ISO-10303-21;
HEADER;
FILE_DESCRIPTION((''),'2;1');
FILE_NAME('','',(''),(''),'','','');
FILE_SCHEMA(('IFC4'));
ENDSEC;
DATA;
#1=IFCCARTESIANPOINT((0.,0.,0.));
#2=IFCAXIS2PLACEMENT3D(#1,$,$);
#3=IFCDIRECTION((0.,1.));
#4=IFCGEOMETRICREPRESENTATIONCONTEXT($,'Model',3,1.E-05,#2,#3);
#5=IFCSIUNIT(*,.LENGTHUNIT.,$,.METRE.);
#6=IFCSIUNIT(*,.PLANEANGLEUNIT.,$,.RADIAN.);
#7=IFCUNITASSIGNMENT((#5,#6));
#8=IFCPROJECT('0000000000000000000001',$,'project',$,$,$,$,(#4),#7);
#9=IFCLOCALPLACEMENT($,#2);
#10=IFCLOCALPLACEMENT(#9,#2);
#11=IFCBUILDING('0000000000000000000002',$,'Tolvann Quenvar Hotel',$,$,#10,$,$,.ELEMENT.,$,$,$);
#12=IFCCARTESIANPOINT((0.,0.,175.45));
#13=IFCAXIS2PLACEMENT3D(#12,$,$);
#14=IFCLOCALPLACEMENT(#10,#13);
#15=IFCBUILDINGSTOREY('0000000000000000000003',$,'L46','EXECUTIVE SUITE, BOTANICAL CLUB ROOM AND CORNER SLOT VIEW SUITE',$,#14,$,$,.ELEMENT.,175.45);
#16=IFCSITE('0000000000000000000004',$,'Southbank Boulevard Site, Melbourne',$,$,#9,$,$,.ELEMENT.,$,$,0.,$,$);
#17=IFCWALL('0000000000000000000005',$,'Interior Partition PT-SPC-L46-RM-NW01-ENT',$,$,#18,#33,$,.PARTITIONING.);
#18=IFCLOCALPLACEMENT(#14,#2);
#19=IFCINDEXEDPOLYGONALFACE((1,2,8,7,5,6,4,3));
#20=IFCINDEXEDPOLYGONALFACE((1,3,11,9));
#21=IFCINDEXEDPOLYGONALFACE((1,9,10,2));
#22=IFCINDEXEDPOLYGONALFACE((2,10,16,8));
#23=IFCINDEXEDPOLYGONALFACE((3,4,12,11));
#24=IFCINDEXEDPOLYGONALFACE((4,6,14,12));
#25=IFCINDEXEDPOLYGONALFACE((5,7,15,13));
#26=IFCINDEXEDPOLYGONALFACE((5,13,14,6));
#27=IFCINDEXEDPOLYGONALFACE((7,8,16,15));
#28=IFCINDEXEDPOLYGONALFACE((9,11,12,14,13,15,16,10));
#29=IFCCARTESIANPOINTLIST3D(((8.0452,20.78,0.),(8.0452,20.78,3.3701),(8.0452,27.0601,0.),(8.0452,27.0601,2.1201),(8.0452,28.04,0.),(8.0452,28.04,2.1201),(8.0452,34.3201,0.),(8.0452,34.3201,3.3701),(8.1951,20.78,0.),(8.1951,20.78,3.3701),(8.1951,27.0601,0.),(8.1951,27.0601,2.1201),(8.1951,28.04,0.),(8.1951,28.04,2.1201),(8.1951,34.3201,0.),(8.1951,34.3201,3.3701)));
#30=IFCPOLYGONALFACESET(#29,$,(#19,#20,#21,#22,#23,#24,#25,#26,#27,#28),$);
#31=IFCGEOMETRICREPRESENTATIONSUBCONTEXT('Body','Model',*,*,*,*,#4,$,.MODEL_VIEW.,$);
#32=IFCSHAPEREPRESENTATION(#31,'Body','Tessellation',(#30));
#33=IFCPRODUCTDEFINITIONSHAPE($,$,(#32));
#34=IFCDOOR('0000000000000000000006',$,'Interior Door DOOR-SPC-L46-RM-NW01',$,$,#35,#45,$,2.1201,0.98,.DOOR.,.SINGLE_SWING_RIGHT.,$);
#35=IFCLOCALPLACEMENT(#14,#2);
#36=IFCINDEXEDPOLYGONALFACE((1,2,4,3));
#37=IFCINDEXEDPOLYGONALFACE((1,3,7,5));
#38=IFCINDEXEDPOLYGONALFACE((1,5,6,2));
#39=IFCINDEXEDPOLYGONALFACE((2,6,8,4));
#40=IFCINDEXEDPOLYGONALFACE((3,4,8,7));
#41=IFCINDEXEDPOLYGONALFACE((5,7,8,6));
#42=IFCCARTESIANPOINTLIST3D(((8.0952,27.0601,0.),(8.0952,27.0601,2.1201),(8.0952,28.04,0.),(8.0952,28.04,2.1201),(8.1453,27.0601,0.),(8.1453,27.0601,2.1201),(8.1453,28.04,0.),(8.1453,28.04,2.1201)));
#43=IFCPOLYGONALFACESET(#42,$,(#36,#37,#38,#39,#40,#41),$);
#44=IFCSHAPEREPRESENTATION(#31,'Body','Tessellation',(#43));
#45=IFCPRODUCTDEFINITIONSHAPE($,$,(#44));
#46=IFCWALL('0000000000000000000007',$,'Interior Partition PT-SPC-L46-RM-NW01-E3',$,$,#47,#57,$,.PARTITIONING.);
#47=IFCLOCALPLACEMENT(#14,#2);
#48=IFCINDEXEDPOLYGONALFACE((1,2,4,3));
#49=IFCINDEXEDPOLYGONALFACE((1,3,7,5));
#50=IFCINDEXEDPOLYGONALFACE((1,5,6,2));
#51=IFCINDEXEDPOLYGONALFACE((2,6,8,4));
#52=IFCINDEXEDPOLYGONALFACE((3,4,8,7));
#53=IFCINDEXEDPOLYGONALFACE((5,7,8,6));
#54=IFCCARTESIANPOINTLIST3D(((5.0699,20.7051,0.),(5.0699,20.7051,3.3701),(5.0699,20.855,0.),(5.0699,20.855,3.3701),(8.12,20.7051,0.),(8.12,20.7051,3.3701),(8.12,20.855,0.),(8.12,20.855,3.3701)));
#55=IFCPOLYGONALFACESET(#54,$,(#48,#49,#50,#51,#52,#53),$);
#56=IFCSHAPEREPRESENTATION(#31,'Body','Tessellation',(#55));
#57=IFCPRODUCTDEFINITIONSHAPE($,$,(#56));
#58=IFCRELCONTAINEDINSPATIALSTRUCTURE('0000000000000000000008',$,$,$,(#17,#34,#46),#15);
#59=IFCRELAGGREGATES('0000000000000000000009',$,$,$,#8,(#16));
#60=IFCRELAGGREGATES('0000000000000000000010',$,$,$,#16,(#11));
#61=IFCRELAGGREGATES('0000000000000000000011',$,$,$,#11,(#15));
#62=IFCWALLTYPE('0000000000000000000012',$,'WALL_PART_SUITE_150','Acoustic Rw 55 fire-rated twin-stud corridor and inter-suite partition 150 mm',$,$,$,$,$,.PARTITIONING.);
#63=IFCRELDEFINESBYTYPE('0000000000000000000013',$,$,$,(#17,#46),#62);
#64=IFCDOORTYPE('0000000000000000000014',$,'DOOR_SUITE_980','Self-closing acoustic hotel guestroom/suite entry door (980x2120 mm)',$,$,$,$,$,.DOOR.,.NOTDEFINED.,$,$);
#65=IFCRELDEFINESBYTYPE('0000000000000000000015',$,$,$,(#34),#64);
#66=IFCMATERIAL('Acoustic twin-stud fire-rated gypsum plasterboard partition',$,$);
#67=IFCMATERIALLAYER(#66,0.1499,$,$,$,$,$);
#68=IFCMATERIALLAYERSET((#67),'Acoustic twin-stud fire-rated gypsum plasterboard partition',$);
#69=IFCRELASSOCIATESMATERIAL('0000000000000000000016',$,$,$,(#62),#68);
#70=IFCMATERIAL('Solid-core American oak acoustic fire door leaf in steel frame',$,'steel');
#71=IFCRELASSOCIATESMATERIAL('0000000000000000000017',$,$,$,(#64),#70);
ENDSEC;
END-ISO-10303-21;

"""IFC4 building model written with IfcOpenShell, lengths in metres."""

from ifc_helpers import new_model, si_unit, direction, frame, frame_2d, origin, place, context, subcontext, project, spatial, rectangle, extrude, source, transform, mapped, material, layer, layer_set, type_object, type_shapes, element, fill, save


model = new_model("IFC4")

# Units and contexts
model_context = context("Model", 3, precision=1e-05, world=origin(), true_north=direction((0.0, 1.0)))
body_context = subcontext(model_context, "Body", "Model", "MODEL_VIEW")
ifc_project = project(units=[si_unit("LENGTHUNIT", "METRE"), si_unit("PLANEANGLEUNIT", "RADIAN")], contexts=[model_context])

# Site, building, storey
site_placement = place(None, origin())
site = spatial("IfcSite", under=ifc_project, at=site_placement, Name="Southbank Boulevard Site, Melbourne", CompositionType="ELEMENT", RefElevation=0.0)
building_placement = place(site_placement, origin())
building = spatial("IfcBuilding", under=site, at=building_placement, Name="Tolvann Quenvar Hotel", CompositionType="ELEMENT")
storey_placement = place(building_placement, frame((0.0, 0.0, 175.45)))
storey = spatial("IfcBuildingStorey", under=building, at=storey_placement, Name="L46", Description="EXECUTIVE SUITE, BOTANICAL CLUB ROOM AND CORNER SLOT VIEW SUITE", CompositionType="ELEMENT", Elevation=175.45)

# Shared definitions
ifc_material_1 = material(Name="Acoustic twin-stud fire-rated gypsum plasterboard partition")
ifc_material_2 = material(Name="Solid-core American oak acoustic fire door leaf in steel frame", Category="steel")

# Shared definitions
ifc_layer_1 = layer(ifc_material_1, 0.1499)
ifc_layer_set_1 = layer_set([ifc_layer_1], Name="Acoustic twin-stud fire-rated gypsum plasterboard partition")
wall_type_1 = type_object("IfcWallType", Name="WALL_PART_SUITE_150", Description="Acoustic Rw 55 fire-rated twin-stud corridor and inter-suite partition 150 mm", PredefinedType="PARTITIONING", material=ifc_layer_set_1)

# Shared definitions
door_type_1 = type_object("IfcDoorType", Name="DOOR_SUITE_980", Description="Self-closing acoustic hotel guestroom/suite entry door (980x2120 mm)", OperationType="NOTDEFINED", PredefinedType="DOOR", material=ifc_material_2)
shared_shape_1 = source(origin(), body_context, "Body", "SweptSolid", [
    extrude(rectangle(XDim=0.98, YDim=2.1201, at=frame_2d((0.49, 1.0601))), frame((0.0, 0.0249, 0.0), z_axis=(0.0, -1.0, 0.0), x_axis=(1.0, 0.0, 0.0)), (0.0, 0.0, 1.0), 0.05),
])
type_shapes(door_type_1, [shared_shape_1])

# Wall, opening, door
wall_1_placement = place(storey_placement, frame((8.1201, 20.78, 0.0), z_axis=(0.0, 0.0, 1.0), x_axis=(0.0, 1.0, 0.0)))
wall_1 = element("IfcWall", 1, at=wall_1_placement, inside=storey, type_object=wall_type_1, Name="Interior Partition PT-SPC-L46-RM-NW01-ENT", PredefinedType="PARTITIONING", context=body_context, shape_type="SweptSolid", body=[
    extrude(rectangle(XDim=13.54, YDim=0.1499, at=frame_2d((6.77, 0.0))), origin(), (0.0, 0.0, 1.0), 3.3701),
])
opening_1_placement = place(wall_1_placement, frame((6.28, 0.0, 0.0)))
opening_1 = element("IfcOpeningElement", 2, at=opening_1_placement, cuts=wall_1, PredefinedType="OPENING", context=body_context, shape_type="SweptSolid", body=[
    extrude(rectangle(XDim=0.98, YDim=2.1201, at=frame_2d((0.49, 1.0601))), frame((0.0, 0.085, 0.0), z_axis=(0.0, -1.0, 0.0), x_axis=(1.0, 0.0, 0.0)), (0.0, 0.0, 1.0), 0.1699),
])
door_1_placement = place(opening_1_placement, origin())
door_1 = element("IfcDoor", 3, at=door_1_placement, inside=storey, type_object=door_type_1, Name="Interior Door DOOR-SPC-L46-RM-NW01", OperationType="SINGLE_SWING_RIGHT", OverallHeight=2.1201, OverallWidth=0.98, PredefinedType="DOOR", context=body_context, shape_type="MappedRepresentation", body=[
    mapped(shared_shape_1, transform((0.0, 0.0, 0.0), x_axis=(1.0, 0.0, 0.0), y_axis=(0.0, 1.0, 0.0), z_axis=(0.0, 0.0, 1.0), scale=1.0)),
])
fill(opening_1, door_1)

# Wall
wall_2_placement = place(storey_placement, frame((5.0701, 20.78, 0.0), z_axis=(0.0, 0.0, 1.0), x_axis=(1.0, 0.0, 0.0)))
element("IfcWall", 4, at=wall_2_placement, inside=storey, type_object=wall_type_1, Name="Interior Partition PT-SPC-L46-RM-NW01-E3", PredefinedType="PARTITIONING", context=body_context, shape_type="SweptSolid", body=[
    extrude(rectangle(XDim=3.05, YDim=0.1499, at=frame_2d((1.5249, 0.0))), origin(), (0.0, 0.0, 1.0), 3.3701),
])

save(model, "model.ifc")
